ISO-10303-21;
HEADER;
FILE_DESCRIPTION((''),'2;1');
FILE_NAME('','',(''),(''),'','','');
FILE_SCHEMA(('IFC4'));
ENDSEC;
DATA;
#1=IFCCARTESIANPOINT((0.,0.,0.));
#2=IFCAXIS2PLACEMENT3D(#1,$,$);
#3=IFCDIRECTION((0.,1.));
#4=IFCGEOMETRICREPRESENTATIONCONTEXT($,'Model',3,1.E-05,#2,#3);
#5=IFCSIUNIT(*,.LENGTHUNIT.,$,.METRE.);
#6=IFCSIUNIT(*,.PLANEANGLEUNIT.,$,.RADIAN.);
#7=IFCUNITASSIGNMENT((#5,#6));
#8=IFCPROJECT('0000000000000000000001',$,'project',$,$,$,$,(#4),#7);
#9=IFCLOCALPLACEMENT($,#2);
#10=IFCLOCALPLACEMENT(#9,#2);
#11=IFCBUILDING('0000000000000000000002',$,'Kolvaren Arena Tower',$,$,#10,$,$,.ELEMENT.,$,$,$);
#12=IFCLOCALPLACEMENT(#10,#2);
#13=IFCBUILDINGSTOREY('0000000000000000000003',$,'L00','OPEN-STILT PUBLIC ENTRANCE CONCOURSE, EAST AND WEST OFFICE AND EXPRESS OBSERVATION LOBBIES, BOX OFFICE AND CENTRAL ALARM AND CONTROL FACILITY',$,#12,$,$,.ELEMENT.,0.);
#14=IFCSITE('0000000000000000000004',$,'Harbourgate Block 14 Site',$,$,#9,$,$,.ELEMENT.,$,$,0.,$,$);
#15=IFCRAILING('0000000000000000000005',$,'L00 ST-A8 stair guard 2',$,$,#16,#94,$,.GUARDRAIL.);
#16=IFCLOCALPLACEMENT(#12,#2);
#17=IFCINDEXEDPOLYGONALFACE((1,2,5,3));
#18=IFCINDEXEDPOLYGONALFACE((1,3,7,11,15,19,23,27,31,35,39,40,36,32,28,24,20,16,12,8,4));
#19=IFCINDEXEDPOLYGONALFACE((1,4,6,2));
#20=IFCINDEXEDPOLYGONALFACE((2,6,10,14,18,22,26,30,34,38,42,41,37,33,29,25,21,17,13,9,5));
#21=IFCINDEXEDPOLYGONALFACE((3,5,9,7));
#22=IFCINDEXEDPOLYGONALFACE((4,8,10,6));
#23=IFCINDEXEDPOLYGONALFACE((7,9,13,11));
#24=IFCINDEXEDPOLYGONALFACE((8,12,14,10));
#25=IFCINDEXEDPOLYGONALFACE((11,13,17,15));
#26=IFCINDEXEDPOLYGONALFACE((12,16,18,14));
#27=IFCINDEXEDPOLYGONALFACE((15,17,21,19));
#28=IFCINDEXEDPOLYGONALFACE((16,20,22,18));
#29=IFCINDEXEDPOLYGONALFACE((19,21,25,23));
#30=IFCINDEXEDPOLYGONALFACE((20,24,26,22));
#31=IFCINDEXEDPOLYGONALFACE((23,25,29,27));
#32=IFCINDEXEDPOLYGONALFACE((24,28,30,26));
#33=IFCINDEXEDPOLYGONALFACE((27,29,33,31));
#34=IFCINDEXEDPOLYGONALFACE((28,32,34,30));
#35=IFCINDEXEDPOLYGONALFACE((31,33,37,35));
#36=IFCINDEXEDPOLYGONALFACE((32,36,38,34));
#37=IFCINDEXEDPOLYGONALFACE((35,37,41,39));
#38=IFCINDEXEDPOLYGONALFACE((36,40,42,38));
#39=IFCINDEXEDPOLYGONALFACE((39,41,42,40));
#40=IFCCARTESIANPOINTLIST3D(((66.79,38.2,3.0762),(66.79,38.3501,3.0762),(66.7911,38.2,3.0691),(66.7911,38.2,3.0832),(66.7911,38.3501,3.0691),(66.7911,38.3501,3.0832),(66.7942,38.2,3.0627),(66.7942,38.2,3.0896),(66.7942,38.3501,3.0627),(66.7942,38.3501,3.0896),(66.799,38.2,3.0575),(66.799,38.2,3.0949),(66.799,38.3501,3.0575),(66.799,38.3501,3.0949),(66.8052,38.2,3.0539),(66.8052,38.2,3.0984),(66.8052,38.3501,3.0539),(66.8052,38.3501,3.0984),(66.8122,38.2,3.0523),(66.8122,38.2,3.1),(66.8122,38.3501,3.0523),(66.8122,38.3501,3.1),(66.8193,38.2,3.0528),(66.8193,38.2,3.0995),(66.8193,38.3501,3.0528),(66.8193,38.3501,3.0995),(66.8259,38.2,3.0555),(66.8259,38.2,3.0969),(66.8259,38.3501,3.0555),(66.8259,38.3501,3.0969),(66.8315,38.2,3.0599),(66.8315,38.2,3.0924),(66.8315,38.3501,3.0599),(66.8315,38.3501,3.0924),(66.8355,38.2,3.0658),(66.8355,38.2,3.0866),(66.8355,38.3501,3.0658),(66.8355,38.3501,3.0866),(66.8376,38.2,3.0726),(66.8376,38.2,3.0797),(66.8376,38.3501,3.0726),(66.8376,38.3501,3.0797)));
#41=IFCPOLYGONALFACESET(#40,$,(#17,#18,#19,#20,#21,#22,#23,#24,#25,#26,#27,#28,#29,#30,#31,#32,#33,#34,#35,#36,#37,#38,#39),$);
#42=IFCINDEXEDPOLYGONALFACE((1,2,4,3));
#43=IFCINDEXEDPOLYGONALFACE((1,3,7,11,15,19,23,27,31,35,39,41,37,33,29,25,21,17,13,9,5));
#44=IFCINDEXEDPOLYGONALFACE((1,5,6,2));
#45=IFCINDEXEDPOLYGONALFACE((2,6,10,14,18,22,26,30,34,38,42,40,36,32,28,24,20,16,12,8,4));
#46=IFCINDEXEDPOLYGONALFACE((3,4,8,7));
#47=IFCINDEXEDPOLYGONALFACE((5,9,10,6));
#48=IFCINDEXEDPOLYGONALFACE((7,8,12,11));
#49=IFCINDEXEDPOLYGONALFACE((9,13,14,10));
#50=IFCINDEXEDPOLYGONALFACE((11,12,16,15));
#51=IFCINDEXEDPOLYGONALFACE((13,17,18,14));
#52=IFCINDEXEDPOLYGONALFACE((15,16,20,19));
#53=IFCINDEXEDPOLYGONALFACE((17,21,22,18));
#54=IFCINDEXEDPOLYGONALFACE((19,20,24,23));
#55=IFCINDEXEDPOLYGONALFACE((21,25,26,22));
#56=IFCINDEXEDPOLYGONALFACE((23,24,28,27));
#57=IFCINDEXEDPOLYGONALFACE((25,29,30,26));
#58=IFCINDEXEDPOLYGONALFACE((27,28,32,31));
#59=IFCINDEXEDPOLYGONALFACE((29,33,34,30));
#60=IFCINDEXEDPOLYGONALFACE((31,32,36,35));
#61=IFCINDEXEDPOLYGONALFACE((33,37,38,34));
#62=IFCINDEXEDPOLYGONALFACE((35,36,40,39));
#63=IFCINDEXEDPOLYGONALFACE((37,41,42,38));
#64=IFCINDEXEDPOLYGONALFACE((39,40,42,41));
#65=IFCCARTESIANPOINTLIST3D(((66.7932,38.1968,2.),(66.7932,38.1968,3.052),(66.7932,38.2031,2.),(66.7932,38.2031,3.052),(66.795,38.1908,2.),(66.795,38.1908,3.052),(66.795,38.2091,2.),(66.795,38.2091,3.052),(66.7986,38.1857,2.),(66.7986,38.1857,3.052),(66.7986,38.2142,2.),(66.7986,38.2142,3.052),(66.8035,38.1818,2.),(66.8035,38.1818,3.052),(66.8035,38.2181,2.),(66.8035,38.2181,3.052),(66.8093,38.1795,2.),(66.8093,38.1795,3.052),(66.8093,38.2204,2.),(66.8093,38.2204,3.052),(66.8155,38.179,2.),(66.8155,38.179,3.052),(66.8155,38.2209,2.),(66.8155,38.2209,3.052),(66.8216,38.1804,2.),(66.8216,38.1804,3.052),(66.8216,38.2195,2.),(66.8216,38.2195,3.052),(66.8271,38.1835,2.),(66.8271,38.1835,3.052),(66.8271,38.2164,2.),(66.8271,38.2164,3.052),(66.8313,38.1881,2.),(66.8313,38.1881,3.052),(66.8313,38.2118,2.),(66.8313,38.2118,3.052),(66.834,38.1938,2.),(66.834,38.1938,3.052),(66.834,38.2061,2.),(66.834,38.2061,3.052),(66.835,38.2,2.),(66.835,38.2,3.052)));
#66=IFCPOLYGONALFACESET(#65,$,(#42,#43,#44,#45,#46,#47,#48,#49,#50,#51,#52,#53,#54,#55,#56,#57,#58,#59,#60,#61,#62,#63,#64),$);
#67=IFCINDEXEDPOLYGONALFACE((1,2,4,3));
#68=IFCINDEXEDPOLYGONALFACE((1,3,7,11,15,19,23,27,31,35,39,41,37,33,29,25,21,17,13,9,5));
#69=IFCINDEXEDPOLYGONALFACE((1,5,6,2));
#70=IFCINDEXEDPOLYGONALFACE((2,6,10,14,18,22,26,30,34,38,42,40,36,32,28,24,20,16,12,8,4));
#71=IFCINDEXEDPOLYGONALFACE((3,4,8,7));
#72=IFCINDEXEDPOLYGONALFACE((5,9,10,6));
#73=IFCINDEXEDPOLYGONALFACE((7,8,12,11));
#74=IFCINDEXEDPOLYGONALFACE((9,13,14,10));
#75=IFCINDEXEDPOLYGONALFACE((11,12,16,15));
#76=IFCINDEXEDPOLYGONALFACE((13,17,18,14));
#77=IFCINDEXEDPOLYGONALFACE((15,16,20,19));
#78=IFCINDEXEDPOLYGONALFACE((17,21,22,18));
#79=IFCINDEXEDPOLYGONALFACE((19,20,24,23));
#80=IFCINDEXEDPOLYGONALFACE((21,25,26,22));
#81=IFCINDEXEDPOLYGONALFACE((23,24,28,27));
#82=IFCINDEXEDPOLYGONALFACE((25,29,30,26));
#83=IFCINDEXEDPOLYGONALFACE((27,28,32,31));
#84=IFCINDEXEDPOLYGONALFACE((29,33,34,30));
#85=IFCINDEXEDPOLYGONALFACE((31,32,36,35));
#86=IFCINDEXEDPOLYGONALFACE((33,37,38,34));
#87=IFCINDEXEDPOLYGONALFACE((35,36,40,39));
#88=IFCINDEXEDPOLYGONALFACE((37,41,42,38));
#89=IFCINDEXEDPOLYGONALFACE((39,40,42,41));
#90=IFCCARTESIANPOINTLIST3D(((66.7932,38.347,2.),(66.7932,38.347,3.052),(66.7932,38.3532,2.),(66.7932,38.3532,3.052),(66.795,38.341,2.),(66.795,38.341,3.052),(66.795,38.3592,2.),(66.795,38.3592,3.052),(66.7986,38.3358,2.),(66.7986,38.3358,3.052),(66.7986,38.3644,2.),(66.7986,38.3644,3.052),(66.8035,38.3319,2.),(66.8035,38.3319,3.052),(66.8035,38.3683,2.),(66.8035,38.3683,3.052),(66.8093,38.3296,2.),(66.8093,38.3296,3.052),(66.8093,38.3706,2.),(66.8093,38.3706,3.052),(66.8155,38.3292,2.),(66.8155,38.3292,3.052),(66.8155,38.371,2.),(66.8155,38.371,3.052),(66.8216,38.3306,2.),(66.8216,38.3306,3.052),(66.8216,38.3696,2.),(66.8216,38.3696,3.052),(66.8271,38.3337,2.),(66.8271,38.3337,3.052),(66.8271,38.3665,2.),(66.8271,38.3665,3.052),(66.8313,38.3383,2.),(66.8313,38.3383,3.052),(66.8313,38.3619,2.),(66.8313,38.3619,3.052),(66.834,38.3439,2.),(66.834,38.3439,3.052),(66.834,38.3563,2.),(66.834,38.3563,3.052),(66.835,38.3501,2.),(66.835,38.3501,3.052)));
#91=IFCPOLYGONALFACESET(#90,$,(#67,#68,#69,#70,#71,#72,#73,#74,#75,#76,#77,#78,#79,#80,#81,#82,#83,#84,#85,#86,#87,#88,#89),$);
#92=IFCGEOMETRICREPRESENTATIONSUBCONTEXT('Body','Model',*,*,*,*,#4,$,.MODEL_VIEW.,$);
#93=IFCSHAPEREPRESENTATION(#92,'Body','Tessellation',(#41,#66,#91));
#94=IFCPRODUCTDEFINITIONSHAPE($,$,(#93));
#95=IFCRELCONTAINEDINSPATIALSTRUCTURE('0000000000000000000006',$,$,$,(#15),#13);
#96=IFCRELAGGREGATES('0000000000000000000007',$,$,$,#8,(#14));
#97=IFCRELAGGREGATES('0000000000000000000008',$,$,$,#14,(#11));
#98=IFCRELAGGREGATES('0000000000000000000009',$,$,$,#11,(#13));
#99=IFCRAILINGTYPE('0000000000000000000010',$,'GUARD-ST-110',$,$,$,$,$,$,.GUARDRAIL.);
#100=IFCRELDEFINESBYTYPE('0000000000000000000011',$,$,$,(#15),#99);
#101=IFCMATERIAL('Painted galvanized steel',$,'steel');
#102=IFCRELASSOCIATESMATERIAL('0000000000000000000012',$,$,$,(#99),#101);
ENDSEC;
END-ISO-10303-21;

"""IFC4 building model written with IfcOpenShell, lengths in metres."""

from ifc_helpers import new_model, si_unit, direction, frame, origin, origin_2d, place, context, subcontext, project, spatial, circle, extrude, material, type_object, element, save


model = new_model("IFC4")

# Units and contexts
model_context = context("Model", 3, precision=1e-05, world=origin(), true_north=direction((0.0, 1.0)))
body_context = subcontext(model_context, "Body", "Model", "MODEL_VIEW")
ifc_project = project(units=[si_unit("LENGTHUNIT", "METRE"), si_unit("PLANEANGLEUNIT", "RADIAN")], contexts=[model_context])

# Site, building, storey
site_placement = place(None, origin())
site = spatial("IfcSite", under=ifc_project, at=site_placement, Name="Harbourgate Block 14 Site", CompositionType="ELEMENT", RefElevation=0.0)
building_placement = place(site_placement, origin())
building = spatial("IfcBuilding", under=site, at=building_placement, Name="Kolvaren Arena Tower", CompositionType="ELEMENT")
storey_placement = place(building_placement, origin())
storey = spatial("IfcBuildingStorey", under=building, at=storey_placement, Name="L00", Description="OPEN-STILT PUBLIC ENTRANCE CONCOURSE, EAST AND WEST OFFICE AND EXPRESS OBSERVATION LOBBIES, BOX OFFICE AND CENTRAL ALARM AND CONTROL FACILITY", CompositionType="ELEMENT", Elevation=0.0)

# Railing
ifc_material_1 = material(Name="Painted galvanized steel", Category="steel")
railing_type_1 = type_object("IfcRailingType", Name="GUARD-ST-110", PredefinedType="GUARDRAIL", material=ifc_material_1)
railing_1_placement = place(storey_placement, frame((66.814, 38.2, 2.0)))
element("IfcRailing", 1, at=railing_1_placement, inside=storey, type_object=railing_type_1, Name="L00 ST-A8 stair guard 2", PredefinedType="GUARDRAIL", context=body_context, shape_type="SweptSolid", body=[
    extrude(circle(Radius=0.0239, at=origin_2d()), frame((0.0, 0.0, 1.0762), z_axis=(0.0, 1.0, 0.0), x_axis=(-1.0, 0.0, 0.0)), (0.0, 0.0, 1.0), 0.1501),
    extrude(circle(Radius=0.021, at=origin_2d()), origin(), (0.0, 0.0, 1.0), 1.052),
    extrude(circle(Radius=0.021, at=origin_2d()), frame((0.0, 0.1501, 0.0)), (0.0, 0.0, 1.0), 1.052),
])

save(model, "model.ifc")
